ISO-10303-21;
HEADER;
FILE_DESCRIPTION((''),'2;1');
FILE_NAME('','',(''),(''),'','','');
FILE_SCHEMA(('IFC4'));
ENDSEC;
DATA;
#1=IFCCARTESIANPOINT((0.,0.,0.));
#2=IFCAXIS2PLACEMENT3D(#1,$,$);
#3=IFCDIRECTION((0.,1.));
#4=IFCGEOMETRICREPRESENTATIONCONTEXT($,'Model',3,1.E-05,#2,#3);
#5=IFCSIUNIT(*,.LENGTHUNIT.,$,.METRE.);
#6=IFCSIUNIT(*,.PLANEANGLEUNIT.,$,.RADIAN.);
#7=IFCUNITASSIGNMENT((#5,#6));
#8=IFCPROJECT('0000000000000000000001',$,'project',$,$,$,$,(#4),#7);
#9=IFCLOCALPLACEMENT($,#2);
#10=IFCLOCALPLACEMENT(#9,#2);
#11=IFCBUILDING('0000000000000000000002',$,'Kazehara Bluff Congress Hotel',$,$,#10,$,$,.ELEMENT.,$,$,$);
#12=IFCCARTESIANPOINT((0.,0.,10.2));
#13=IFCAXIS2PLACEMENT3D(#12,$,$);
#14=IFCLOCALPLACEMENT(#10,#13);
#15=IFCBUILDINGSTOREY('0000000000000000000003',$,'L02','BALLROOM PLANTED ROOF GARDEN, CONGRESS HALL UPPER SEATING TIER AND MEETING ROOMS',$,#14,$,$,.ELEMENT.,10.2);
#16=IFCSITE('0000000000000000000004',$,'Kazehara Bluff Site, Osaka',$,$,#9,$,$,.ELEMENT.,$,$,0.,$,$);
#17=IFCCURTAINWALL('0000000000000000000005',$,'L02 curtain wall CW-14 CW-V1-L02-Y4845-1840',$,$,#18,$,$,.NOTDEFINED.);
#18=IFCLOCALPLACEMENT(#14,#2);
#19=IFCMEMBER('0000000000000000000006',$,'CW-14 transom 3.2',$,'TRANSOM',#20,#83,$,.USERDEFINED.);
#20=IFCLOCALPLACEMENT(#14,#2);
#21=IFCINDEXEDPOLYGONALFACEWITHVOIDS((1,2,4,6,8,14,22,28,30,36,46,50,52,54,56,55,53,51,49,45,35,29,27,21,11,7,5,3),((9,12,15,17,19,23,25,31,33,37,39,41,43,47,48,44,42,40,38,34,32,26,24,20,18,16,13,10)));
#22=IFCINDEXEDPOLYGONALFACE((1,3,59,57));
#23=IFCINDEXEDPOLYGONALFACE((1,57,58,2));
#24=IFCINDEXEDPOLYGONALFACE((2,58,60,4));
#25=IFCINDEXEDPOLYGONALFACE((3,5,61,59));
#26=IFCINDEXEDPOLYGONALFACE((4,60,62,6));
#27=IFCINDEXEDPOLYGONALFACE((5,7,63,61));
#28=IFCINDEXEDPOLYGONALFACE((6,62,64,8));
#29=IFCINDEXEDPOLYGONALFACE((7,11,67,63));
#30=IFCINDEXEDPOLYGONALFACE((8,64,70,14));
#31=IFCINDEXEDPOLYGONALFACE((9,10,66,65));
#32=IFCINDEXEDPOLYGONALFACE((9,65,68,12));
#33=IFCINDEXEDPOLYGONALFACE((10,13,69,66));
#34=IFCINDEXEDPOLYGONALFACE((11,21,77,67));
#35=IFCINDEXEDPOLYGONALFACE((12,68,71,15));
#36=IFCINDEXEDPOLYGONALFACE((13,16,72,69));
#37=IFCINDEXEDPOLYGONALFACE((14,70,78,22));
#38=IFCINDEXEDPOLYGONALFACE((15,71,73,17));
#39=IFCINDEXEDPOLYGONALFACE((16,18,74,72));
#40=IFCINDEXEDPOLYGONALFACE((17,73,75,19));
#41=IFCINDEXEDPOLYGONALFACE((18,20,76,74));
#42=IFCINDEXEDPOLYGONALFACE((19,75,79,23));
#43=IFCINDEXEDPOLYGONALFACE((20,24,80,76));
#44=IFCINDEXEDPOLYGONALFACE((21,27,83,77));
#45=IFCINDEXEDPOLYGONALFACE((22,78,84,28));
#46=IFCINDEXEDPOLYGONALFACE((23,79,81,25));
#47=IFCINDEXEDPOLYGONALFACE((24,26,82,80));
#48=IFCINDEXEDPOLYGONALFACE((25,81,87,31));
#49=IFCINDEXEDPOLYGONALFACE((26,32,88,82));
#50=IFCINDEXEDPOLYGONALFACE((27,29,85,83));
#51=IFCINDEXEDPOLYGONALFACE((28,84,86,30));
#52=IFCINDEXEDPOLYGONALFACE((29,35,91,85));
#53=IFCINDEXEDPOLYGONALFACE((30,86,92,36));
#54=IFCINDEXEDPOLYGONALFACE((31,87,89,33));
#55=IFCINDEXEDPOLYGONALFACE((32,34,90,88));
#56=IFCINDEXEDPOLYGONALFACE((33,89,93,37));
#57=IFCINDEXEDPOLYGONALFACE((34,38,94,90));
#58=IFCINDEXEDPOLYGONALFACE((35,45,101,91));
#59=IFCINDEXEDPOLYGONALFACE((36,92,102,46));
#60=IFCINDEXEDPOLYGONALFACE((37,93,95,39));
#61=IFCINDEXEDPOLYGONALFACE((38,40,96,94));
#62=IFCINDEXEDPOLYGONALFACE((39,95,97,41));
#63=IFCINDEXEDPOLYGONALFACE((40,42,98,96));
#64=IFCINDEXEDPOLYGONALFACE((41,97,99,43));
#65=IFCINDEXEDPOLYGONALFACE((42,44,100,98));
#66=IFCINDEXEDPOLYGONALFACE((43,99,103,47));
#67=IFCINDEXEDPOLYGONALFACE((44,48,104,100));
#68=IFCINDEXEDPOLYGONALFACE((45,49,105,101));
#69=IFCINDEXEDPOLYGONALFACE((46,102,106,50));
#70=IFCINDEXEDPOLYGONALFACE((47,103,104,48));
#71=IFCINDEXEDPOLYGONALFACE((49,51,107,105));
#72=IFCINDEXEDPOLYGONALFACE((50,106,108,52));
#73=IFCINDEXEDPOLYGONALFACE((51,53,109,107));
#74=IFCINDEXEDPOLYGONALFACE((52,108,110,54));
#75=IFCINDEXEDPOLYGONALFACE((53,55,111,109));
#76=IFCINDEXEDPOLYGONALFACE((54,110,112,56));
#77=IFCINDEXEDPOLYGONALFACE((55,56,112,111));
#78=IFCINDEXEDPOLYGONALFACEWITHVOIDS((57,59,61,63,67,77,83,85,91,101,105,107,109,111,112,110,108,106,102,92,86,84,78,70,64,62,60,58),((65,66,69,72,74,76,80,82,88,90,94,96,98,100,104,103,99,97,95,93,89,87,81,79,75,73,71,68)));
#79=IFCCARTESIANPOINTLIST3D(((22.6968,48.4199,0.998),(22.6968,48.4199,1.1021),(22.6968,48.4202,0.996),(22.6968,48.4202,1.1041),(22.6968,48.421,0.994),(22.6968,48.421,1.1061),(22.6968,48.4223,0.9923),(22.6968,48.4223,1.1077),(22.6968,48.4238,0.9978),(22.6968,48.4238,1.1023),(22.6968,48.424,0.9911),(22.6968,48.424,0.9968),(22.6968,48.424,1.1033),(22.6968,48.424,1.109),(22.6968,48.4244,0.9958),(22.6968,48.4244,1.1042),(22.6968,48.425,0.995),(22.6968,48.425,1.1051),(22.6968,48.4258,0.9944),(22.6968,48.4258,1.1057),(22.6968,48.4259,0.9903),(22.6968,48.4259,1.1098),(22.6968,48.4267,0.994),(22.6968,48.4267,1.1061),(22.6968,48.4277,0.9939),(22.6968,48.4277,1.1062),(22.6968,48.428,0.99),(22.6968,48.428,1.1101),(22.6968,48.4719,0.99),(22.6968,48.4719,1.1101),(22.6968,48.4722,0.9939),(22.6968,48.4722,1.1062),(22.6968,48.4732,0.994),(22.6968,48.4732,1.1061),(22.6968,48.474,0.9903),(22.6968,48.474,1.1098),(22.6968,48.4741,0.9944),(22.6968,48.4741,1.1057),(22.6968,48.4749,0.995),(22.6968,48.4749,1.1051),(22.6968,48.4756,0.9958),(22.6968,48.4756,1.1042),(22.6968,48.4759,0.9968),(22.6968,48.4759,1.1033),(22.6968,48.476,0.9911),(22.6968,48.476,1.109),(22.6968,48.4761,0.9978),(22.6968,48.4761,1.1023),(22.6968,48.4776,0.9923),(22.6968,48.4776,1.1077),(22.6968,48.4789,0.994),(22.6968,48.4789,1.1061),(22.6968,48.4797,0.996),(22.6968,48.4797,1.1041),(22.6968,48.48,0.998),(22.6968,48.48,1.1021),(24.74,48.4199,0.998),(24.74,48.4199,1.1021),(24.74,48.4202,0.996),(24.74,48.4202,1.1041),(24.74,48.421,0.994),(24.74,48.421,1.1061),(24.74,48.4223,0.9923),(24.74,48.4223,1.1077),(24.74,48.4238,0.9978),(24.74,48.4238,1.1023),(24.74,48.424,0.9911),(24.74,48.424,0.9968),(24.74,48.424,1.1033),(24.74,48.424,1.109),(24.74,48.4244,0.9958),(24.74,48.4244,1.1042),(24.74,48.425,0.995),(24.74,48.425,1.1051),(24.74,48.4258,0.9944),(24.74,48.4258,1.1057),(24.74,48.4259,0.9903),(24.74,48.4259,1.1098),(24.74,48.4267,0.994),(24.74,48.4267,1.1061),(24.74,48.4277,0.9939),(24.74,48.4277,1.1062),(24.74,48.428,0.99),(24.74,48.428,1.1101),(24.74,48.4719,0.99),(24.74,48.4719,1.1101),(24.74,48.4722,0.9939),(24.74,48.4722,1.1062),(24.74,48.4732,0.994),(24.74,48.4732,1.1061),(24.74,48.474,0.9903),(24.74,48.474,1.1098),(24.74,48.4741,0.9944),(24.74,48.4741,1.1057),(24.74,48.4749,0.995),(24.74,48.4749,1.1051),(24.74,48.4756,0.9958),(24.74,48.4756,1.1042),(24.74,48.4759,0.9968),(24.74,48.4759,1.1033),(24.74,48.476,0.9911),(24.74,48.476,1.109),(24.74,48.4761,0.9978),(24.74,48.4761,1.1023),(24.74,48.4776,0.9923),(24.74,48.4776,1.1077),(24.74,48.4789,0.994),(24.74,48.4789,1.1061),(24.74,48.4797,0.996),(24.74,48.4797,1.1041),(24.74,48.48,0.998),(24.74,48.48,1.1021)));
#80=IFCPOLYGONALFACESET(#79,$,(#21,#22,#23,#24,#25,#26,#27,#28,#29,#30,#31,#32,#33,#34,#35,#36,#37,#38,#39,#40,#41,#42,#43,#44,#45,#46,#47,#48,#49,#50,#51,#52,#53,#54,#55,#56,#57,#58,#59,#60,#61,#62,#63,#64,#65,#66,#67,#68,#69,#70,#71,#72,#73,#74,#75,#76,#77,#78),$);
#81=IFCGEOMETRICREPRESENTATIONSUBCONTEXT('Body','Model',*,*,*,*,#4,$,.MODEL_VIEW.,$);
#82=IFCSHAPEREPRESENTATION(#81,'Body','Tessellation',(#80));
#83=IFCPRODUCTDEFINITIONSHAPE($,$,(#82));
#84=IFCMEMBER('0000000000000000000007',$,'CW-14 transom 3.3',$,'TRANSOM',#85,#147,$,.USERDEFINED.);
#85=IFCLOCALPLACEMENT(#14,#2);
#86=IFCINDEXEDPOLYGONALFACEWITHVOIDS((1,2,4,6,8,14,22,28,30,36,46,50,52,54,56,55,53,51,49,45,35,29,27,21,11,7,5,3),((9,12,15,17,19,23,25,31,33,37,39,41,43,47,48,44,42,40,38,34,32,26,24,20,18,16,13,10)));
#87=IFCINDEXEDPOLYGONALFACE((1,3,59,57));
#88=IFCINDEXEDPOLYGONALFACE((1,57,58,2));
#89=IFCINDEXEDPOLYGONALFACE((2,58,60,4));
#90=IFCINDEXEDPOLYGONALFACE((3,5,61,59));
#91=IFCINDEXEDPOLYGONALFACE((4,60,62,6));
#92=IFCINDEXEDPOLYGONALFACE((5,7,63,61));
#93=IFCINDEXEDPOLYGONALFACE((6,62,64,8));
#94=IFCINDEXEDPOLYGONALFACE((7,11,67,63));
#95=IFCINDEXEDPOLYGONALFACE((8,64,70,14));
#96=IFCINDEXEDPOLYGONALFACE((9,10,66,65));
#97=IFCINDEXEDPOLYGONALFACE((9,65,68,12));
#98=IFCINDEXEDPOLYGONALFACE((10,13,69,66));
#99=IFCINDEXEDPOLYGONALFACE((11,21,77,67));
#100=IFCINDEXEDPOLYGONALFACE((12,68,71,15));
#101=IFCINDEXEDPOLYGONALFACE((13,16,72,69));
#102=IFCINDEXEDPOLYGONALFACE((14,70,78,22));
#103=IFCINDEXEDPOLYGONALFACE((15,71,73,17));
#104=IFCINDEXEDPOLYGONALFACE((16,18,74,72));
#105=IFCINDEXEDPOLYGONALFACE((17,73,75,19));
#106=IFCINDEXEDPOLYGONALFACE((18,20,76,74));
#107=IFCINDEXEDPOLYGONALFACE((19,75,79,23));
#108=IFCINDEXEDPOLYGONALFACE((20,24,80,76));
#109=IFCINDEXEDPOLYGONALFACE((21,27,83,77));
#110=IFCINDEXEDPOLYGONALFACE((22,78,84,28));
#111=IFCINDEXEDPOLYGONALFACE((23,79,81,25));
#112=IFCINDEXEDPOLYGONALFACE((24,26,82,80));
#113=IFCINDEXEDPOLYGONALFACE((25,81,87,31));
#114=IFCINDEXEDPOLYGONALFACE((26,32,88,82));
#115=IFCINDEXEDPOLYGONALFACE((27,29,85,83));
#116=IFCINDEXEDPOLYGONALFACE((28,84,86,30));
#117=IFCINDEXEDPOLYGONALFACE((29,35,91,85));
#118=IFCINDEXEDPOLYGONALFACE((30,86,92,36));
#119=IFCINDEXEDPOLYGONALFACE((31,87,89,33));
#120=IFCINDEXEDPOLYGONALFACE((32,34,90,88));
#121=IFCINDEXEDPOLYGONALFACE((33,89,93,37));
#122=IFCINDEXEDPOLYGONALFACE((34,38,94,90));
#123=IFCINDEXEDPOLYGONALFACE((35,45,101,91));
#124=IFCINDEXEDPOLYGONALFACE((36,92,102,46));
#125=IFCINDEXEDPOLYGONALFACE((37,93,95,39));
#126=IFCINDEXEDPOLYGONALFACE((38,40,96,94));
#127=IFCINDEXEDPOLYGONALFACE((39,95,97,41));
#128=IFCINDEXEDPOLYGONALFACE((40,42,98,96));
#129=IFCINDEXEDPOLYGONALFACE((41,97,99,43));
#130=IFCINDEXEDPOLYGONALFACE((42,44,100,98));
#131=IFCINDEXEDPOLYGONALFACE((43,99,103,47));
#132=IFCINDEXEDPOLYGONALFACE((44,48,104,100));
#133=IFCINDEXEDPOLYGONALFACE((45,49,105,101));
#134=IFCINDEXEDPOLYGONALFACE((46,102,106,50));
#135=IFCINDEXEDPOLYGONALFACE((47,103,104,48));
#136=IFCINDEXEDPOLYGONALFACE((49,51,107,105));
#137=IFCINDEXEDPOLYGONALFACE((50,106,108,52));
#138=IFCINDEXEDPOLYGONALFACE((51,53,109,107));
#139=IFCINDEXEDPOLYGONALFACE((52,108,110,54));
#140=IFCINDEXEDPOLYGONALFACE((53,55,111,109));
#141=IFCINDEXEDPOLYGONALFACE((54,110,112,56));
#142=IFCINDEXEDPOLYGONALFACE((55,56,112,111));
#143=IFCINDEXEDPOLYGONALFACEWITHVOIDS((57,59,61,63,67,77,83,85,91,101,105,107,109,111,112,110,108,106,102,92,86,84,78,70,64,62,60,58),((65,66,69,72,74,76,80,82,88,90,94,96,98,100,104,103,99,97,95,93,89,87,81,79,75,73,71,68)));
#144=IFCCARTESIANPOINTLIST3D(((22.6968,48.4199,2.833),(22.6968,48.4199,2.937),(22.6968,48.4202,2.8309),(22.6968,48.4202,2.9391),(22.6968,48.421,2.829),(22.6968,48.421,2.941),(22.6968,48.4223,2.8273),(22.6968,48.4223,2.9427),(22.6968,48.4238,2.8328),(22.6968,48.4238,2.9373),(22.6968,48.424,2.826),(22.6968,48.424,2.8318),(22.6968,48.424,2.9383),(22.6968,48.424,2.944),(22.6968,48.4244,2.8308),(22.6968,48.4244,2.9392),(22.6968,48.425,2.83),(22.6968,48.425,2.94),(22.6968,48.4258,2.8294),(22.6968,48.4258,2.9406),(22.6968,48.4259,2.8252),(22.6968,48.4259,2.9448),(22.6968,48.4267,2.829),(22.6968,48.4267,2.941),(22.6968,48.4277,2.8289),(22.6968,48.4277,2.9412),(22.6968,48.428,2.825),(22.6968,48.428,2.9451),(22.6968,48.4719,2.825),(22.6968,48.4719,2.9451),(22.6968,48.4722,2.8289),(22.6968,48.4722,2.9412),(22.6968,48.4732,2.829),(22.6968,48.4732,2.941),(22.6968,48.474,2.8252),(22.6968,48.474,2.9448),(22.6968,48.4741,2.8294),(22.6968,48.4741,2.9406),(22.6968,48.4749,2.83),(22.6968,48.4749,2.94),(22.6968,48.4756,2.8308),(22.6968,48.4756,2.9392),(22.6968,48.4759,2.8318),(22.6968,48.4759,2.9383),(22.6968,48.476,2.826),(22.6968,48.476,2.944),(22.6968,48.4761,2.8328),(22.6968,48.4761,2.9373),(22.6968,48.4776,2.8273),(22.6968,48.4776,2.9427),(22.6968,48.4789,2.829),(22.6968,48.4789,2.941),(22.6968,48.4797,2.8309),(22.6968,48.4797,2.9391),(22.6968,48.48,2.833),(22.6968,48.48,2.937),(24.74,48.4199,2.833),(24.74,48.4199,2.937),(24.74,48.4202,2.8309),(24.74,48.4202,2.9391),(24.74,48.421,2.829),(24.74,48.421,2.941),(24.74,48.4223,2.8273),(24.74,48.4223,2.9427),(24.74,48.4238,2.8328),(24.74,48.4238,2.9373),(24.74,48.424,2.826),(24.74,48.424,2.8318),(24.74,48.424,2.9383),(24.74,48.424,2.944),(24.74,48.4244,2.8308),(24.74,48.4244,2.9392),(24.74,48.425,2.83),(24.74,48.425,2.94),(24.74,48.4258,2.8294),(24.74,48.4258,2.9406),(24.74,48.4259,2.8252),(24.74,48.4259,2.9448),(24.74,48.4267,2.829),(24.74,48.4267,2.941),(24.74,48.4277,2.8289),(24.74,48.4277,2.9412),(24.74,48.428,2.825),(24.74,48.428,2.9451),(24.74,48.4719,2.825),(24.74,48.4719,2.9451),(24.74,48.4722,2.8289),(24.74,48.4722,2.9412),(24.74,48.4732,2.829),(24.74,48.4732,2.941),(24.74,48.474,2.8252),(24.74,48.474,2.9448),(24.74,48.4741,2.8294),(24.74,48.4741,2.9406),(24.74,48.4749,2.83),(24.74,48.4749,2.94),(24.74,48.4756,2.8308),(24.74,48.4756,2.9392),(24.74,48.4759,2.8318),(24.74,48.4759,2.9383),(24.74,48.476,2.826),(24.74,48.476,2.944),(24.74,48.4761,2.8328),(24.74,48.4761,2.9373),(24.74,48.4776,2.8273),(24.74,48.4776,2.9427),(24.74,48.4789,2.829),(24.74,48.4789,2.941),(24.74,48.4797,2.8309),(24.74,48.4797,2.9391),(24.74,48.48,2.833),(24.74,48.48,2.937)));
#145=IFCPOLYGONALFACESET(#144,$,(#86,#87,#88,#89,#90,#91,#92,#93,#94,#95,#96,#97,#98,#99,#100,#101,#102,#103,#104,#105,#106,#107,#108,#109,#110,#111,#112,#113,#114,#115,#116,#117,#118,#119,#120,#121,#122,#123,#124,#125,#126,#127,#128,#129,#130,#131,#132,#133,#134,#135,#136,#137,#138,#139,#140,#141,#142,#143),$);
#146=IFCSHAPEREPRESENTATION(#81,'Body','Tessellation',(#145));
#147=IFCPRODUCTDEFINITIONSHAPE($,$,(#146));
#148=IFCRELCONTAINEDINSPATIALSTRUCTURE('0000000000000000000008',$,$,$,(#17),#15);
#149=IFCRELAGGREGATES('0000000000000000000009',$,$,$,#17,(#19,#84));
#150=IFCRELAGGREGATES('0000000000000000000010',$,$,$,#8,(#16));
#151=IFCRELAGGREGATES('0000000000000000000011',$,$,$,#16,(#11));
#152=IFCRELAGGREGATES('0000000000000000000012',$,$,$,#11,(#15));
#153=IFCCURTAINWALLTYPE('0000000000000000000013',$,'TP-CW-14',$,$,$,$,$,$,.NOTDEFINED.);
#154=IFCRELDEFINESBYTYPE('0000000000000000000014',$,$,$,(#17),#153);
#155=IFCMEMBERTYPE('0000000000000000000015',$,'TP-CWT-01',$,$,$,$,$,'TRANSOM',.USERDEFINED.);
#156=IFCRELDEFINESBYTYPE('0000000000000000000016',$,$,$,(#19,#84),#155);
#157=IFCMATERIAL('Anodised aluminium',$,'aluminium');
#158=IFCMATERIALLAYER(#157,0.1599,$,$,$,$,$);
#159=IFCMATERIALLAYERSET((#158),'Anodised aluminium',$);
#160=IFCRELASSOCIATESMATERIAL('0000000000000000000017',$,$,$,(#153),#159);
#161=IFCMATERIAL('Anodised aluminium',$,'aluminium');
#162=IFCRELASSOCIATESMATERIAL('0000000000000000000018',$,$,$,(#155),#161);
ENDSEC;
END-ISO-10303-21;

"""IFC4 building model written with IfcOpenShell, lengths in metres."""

from ifc_helpers import new_model, si_unit, direction, frame, origin, origin_2d, place, context, subcontext, project, spatial, hollow_rectangle, extrude, material, layer, layer_set, material_profile, profile_set, type_object, element, aggregate, save


model = new_model("IFC4")

# Units and contexts
model_context = context("Model", 3, precision=1e-05, world=origin(), true_north=direction((0.0, 1.0)))
body_context = subcontext(model_context, "Body", "Model", "MODEL_VIEW")
ifc_project = project(units=[si_unit("LENGTHUNIT", "METRE"), si_unit("PLANEANGLEUNIT", "RADIAN")], contexts=[model_context])

# Site, building, storey
site_placement = place(None, origin())
site = spatial("IfcSite", under=ifc_project, at=site_placement, Name="Kazehara Bluff Site, Osaka", CompositionType="ELEMENT", RefElevation=0.0)
building_placement = place(site_placement, origin())
building = spatial("IfcBuilding", under=site, at=building_placement, Name="Kazehara Bluff Congress Hotel", CompositionType="ELEMENT")
storey_placement = place(building_placement, frame((0.0, 0.0, 10.2)))
storey = spatial("IfcBuildingStorey", under=building, at=storey_placement, Name="L02", Description="BALLROOM PLANTED ROOF GARDEN, CONGRESS HALL UPPER SEATING TIER AND MEETING ROOMS", CompositionType="ELEMENT", Elevation=10.2)

# Curtain wall, members
ifc_material_1 = material(Name="Anodised aluminium", Category="aluminium")
ifc_layer_1 = layer(ifc_material_1, 0.1599)
ifc_layer_set_1 = layer_set([ifc_layer_1], Name="Anodised aluminium")
curtain_wall_type = type_object("IfcCurtainWallType", Name="TP-CW-14", PredefinedType="NOTDEFINED", material=ifc_layer_set_1)
curtain_wall_placement = place(storey_placement, origin())
curtain_wall = element("IfcCurtainWall", 1, at=curtain_wall_placement, inside=storey, type_object=curtain_wall_type, Name="L02 curtain wall CW-14 CW-V1-L02-Y4845-1840", PredefinedType="NOTDEFINED")
ifc_material_2 = material(Name="Anodised aluminium", Category="aluminium")
ifc_material_profile_1 = material_profile(ifc_material_2, hollow_rectangle(XDim=0.0601, YDim=0.1201, WallThickness=0.0039, InnerFilletRadius=0.0039, OuterFilletRadius=0.0081, at=origin_2d()))
ifc_profile_set_1 = profile_set([ifc_material_profile_1], Name="Anodised aluminium")
member_type_1 = type_object("IfcMemberType", Name="TP-CWT-01", ElementType="TRANSOM", PredefinedType="USERDEFINED", material=ifc_profile_set_1)
member_1_placement = place(storey_placement, frame((22.6968, 48.45, 1.05), z_axis=(1.0, 0.0, 0.0), x_axis=(0.0, 1.0, 0.0)))
member_1 = element("IfcMember", 2, at=member_1_placement, type_object=member_type_1, Name="CW-14 transom 3.2", ObjectType="TRANSOM", PredefinedType="USERDEFINED", context=body_context, shape_type="SweptSolid", body=[
    extrude(hollow_rectangle(XDim=0.0601, YDim=0.1201, WallThickness=0.0039, InnerFilletRadius=0.0039, OuterFilletRadius=0.0081, at=origin_2d()), origin(), (0.0, 0.0, 1.0), 2.0432),
])
member_2_placement = place(storey_placement, frame((22.6968, 48.45, 2.885), z_axis=(1.0, 0.0, 0.0), x_axis=(0.0, 1.0, 0.0)))
member_2 = element("IfcMember", 3, at=member_2_placement, type_object=member_type_1, Name="CW-14 transom 3.3", ObjectType="TRANSOM", PredefinedType="USERDEFINED", context=body_context, shape_type="SweptSolid", body=[
    extrude(hollow_rectangle(XDim=0.0601, YDim=0.1201, WallThickness=0.0039, InnerFilletRadius=0.0039, OuterFilletRadius=0.0081, at=origin_2d()), origin(), (0.0, 0.0, 1.0), 2.0432),
])
aggregate(curtain_wall, [member_1, member_2])

save(model, "model.ifc")
